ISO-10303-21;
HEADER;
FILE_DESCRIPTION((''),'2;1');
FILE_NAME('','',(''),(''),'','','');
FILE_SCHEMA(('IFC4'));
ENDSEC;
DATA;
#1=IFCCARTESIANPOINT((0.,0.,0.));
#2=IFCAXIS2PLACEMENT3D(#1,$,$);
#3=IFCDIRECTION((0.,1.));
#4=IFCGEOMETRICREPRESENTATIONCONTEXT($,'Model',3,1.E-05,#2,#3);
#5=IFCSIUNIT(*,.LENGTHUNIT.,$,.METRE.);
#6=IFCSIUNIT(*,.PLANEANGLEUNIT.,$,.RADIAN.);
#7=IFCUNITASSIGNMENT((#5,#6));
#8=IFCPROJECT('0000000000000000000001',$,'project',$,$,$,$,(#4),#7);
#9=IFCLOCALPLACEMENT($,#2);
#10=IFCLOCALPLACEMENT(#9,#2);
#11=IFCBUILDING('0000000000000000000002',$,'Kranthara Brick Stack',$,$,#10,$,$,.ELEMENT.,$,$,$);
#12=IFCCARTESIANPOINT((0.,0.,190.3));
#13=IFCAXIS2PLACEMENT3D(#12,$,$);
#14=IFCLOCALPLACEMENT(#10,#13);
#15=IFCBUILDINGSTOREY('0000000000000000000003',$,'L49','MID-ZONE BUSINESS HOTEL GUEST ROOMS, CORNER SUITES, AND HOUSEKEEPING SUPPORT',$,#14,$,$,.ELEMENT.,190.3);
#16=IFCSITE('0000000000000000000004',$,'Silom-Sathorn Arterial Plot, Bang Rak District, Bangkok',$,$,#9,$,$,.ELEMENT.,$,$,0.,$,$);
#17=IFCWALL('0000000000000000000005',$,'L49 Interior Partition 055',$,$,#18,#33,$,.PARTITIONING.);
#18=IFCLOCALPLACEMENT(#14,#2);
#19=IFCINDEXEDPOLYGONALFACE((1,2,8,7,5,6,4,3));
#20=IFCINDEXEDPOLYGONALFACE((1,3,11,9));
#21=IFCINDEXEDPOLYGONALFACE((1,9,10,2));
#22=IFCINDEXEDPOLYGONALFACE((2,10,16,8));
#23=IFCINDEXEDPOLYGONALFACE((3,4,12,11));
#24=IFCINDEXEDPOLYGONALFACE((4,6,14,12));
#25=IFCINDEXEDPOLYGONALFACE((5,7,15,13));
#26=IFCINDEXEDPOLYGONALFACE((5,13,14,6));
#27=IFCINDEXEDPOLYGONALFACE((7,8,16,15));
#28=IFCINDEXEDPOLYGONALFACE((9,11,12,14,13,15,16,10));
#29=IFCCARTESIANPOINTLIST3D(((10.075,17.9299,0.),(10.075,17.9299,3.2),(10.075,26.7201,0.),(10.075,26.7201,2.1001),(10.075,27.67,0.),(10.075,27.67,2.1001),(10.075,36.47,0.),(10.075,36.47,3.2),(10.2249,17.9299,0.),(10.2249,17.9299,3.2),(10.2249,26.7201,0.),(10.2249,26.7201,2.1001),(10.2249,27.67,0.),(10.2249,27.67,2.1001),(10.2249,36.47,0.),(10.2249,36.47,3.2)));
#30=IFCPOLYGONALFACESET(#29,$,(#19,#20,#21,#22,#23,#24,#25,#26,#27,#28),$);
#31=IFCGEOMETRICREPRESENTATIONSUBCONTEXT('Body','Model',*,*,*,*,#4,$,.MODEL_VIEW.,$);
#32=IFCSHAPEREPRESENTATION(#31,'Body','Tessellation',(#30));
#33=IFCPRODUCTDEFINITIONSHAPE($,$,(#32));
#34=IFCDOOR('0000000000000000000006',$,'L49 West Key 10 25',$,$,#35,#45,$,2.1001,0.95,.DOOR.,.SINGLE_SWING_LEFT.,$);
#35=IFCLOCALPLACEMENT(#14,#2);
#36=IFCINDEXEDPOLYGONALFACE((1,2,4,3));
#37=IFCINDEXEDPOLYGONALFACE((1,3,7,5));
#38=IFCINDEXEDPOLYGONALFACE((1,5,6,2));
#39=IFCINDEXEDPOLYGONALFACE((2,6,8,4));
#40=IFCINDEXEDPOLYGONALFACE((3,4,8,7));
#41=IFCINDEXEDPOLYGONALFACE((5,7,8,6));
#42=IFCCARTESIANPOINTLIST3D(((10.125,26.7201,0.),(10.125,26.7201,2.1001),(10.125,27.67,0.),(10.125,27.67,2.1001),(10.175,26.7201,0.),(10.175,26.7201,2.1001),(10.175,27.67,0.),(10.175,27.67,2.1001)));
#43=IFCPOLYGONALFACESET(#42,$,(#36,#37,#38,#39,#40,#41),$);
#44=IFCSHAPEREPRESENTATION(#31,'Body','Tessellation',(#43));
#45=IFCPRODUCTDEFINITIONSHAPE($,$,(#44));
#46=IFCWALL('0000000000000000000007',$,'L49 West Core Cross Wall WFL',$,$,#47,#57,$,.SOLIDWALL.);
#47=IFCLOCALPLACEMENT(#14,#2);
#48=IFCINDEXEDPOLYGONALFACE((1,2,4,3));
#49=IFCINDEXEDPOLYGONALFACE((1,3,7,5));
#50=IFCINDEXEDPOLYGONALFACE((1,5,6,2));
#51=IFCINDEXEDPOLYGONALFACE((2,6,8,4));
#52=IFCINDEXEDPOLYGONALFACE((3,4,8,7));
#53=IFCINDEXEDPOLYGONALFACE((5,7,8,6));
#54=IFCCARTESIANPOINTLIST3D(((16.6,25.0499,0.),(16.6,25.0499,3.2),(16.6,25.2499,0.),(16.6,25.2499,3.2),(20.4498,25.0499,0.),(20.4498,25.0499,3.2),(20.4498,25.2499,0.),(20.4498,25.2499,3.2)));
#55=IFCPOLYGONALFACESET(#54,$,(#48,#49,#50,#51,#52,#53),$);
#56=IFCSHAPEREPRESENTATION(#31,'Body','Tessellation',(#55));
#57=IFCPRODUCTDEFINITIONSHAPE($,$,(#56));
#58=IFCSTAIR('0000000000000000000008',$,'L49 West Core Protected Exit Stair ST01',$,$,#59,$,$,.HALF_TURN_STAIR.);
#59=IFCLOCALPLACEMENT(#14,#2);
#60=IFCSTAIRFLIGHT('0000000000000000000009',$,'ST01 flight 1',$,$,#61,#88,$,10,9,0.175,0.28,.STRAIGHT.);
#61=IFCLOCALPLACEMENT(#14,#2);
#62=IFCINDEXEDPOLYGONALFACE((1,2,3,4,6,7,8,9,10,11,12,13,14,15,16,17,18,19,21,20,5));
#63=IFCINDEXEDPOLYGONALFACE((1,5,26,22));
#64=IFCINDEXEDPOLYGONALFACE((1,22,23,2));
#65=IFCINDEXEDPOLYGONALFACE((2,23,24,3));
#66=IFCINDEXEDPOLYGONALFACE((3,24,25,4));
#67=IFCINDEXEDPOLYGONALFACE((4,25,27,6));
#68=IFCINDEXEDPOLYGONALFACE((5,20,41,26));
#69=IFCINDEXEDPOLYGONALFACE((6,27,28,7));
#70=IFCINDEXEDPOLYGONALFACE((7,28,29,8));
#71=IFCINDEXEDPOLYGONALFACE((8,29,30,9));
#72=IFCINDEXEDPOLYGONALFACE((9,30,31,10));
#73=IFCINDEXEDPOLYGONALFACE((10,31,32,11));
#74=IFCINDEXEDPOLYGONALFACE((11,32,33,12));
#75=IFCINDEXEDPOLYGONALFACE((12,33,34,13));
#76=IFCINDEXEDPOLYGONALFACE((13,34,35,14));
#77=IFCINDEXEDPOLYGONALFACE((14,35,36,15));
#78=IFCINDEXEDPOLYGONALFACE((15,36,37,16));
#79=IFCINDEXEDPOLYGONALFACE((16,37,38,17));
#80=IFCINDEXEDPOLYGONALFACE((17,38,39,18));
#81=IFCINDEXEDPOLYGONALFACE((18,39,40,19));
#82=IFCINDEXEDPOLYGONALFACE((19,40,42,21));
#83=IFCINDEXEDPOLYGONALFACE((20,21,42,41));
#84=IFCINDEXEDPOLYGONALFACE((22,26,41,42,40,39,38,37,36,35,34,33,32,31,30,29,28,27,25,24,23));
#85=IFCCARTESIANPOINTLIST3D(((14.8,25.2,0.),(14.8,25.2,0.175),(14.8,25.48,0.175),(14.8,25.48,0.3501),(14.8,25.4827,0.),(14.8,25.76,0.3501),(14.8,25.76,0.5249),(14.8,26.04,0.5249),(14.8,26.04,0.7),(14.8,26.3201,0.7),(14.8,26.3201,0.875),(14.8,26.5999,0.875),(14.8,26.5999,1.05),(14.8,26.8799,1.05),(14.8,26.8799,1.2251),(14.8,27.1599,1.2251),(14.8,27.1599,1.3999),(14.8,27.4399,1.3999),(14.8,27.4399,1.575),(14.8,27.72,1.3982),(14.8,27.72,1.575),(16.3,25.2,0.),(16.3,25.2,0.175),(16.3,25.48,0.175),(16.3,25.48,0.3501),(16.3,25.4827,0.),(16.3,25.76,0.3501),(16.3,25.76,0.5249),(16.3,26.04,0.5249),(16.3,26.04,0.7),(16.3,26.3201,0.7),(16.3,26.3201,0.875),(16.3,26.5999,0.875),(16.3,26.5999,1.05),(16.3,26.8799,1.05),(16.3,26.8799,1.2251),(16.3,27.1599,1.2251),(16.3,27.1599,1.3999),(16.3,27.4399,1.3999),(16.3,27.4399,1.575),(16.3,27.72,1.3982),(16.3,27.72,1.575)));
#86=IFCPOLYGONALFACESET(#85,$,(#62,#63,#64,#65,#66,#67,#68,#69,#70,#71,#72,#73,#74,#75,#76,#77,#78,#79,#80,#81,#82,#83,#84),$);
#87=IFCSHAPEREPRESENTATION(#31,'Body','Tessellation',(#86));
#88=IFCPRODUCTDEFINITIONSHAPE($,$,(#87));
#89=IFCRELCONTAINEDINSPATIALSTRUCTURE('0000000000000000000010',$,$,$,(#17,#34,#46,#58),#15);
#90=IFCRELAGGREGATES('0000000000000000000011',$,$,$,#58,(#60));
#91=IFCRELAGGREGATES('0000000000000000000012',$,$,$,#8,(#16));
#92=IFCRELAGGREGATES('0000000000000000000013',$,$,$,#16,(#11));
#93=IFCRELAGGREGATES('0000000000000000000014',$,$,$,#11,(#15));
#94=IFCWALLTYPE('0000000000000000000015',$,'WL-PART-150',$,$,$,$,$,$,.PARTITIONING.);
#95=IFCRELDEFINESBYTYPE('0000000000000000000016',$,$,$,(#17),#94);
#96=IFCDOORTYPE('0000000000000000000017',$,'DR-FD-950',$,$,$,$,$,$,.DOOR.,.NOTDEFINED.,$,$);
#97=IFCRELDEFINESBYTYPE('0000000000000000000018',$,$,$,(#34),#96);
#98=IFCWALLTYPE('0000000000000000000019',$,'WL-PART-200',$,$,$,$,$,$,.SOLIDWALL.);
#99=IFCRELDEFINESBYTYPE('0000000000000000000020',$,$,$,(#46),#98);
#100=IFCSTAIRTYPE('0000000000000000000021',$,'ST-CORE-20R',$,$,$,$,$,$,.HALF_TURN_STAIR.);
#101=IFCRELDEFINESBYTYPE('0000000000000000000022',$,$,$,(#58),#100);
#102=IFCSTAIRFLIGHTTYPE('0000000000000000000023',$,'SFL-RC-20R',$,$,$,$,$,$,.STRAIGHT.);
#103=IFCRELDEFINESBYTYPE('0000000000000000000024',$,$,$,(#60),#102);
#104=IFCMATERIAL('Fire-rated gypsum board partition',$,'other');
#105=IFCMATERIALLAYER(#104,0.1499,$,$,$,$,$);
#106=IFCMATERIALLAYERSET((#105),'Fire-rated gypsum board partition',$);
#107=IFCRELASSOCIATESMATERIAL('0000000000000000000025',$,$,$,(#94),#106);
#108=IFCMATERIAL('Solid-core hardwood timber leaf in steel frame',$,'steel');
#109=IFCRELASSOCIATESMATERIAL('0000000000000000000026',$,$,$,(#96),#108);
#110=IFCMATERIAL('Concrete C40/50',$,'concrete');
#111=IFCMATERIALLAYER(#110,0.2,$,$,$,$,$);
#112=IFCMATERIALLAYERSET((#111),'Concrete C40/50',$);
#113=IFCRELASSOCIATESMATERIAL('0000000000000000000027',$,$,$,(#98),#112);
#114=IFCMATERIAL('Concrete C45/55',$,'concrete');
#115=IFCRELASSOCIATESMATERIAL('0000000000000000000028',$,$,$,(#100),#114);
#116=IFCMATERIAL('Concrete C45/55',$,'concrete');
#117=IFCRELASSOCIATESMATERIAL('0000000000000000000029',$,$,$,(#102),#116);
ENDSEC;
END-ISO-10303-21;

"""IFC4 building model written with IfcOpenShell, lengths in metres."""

from ifc_helpers import new_model, si_unit, direction, frame, frame_2d, origin, place, context, subcontext, project, spatial, polyline, rectangle, outline, extrude, material, layer, layer_set, type_object, element, fill, aggregate, save


model = new_model("IFC4")

# Units and contexts
model_context = context("Model", 3, precision=1e-05, world=origin(), true_north=direction((0.0, 1.0)))
body_context = subcontext(model_context, "Body", "Model", "MODEL_VIEW")
ifc_project = project(units=[si_unit("LENGTHUNIT", "METRE"), si_unit("PLANEANGLEUNIT", "RADIAN")], contexts=[model_context])

# Site, building, storey
site_placement = place(None, origin())
site = spatial("IfcSite", under=ifc_project, at=site_placement, Name="Silom-Sathorn Arterial Plot, Bang Rak District, Bangkok", CompositionType="ELEMENT", RefElevation=0.0)
building_placement = place(site_placement, origin())
building = spatial("IfcBuilding", under=site, at=building_placement, Name="Kranthara Brick Stack", CompositionType="ELEMENT")
storey_placement = place(building_placement, frame((0.0, 0.0, 190.3)))
storey = spatial("IfcBuildingStorey", under=building, at=storey_placement, Name="L49", Description="MID-ZONE BUSINESS HOTEL GUEST ROOMS, CORNER SUITES, AND HOUSEKEEPING SUPPORT", CompositionType="ELEMENT", Elevation=190.3)

# Shared definitions
ifc_material_1 = material(Name="Fire-rated gypsum board partition", Category="other")
ifc_layer_1 = layer(ifc_material_1, 0.1499)
ifc_layer_set_1 = layer_set([ifc_layer_1], Name="Fire-rated gypsum board partition")
wall_type_1 = type_object("IfcWallType", Name="WL-PART-150", PredefinedType="PARTITIONING", material=ifc_layer_set_1)

# Shared definitions
ifc_material_2 = material(Name="Solid-core hardwood timber leaf in steel frame", Category="steel")
door_type_1 = type_object("IfcDoorType", Name="DR-FD-950", OperationType="NOTDEFINED", PredefinedType="DOOR", material=ifc_material_2)

# Wall, opening, door
wall_1_placement = place(storey_placement, frame((10.1499, 17.9299, 0.0), z_axis=(0.0, 0.0, 1.0), x_axis=(0.0, 1.0, 0.0)))
wall_1 = element("IfcWall", 1, at=wall_1_placement, inside=storey, type_object=wall_type_1, Name="L49 Interior Partition 055", PredefinedType="PARTITIONING", context=body_context, shape_type="SweptSolid", body=[
    extrude(rectangle(XDim=18.54, YDim=0.1499, at=frame_2d((9.27, 0.0))), origin(), (0.0, 0.0, 1.0), 3.2),
])
opening_1_placement = place(wall_1_placement, frame((8.79, 0.0, 0.0)))
opening_1 = element("IfcOpeningElement", 2, at=opening_1_placement, cuts=wall_1, PredefinedType="OPENING", context=body_context, shape_type="SweptSolid", body=[
    extrude(rectangle(XDim=0.95, YDim=2.1001, at=frame_2d((0.4751, 1.05))), frame((0.0, 0.085, 0.0), z_axis=(0.0, -1.0, 0.0), x_axis=(1.0, 0.0, 0.0)), (0.0, 0.0, 1.0), 0.1699),
])
door_1_placement = place(opening_1_placement, origin())
door_1 = element("IfcDoor", 3, at=door_1_placement, inside=storey, type_object=door_type_1, Name="L49 West Key 10 25", OperationType="SINGLE_SWING_LEFT", OverallHeight=2.1001, OverallWidth=0.95, PredefinedType="DOOR", context=body_context, shape_type="SweptSolid", body=[
    extrude(rectangle(XDim=0.95, YDim=2.1001, at=frame_2d((0.4751, 1.05))), frame((0.0, 0.0249, 0.0), z_axis=(0.0, -1.0, 0.0), x_axis=(1.0, 0.0, 0.0)), (0.0, 0.0, 1.0), 0.05),
])
fill(opening_1, door_1)

# Wall
ifc_material_3 = material(Name="Concrete C40/50", Category="concrete")
ifc_layer_2 = layer(ifc_material_3, 0.2)
ifc_layer_set_2 = layer_set([ifc_layer_2], Name="Concrete C40/50")
wall_type_2 = type_object("IfcWallType", Name="WL-PART-200", PredefinedType="SOLIDWALL", material=ifc_layer_set_2)
wall_2_placement = place(storey_placement, frame((16.6001, 25.1499, 0.0), z_axis=(0.0, 0.0, 1.0), x_axis=(1.0, 0.0, 0.0)))
element("IfcWall", 4, at=wall_2_placement, inside=storey, type_object=wall_type_2, Name="L49 West Core Cross Wall WFL", PredefinedType="SOLIDWALL", context=body_context, shape_type="SweptSolid", body=[
    extrude(rectangle(XDim=3.8499, YDim=0.2, at=frame_2d((1.9248, 0.0))), origin(), (0.0, 0.0, 1.0), 3.2),
])

# Stair, stair flight
ifc_material_4 = material(Name="Concrete C45/55", Category="concrete")
stair_type = type_object("IfcStairType", Name="ST-CORE-20R", PredefinedType="HALF_TURN_STAIR", material=ifc_material_4)
stair_placement = place(storey_placement, origin())
stair = element("IfcStair", 5, at=stair_placement, inside=storey, type_object=stair_type, Name="L49 West Core Protected Exit Stair ST01", PredefinedType="HALF_TURN_STAIR")
ifc_material_5 = material(Name="Concrete C45/55", Category="concrete")
stair_flight_type = type_object("IfcStairFlightType", Name="SFL-RC-20R", PredefinedType="STRAIGHT", material=ifc_material_5)
stair_flight_placement = place(storey_placement, frame((15.55, 25.2, 0.0), z_axis=(0.0, 0.0, 1.0), x_axis=(0.0, 1.0, 0.0)))
stair_flight = element("IfcStairFlight", 6, at=stair_flight_placement, type_object=stair_flight_type, Name="ST01 flight 1", NumberOfRisers=10, NumberOfTreads=9, PredefinedType="STRAIGHT", RiserHeight=0.175, TreadLength=0.28, context=body_context, shape_type="SweptSolid", body=[
    extrude(outline(polyline([(0.0, 0.0), (0.0, 0.175), (0.28, 0.175), (0.28, 0.3501), (0.5601, 0.3501), (0.5601, 0.5249), (0.8401, 0.5249), (0.8401, 0.7), (1.1201, 0.7), (1.1201, 0.875), (1.3999, 0.875), (1.3999, 1.05), (1.6799, 1.05), (1.6799, 1.2251), (1.96, 1.2251), (1.96, 1.3999), (2.24, 1.3999), (2.24, 1.575), (2.52, 1.575), (2.52, 1.75), (2.52, 1.3982), (0.2827, 0.0), (0.0, 0.0)])), frame((0.0, 0.75, 0.0), z_axis=(0.0, -1.0, 0.0), x_axis=(1.0, 0.0, 0.0)), (0.0, 0.0, 1.0), 1.5),
])
aggregate(stair, [stair_flight])

save(model, "model.ifc")
